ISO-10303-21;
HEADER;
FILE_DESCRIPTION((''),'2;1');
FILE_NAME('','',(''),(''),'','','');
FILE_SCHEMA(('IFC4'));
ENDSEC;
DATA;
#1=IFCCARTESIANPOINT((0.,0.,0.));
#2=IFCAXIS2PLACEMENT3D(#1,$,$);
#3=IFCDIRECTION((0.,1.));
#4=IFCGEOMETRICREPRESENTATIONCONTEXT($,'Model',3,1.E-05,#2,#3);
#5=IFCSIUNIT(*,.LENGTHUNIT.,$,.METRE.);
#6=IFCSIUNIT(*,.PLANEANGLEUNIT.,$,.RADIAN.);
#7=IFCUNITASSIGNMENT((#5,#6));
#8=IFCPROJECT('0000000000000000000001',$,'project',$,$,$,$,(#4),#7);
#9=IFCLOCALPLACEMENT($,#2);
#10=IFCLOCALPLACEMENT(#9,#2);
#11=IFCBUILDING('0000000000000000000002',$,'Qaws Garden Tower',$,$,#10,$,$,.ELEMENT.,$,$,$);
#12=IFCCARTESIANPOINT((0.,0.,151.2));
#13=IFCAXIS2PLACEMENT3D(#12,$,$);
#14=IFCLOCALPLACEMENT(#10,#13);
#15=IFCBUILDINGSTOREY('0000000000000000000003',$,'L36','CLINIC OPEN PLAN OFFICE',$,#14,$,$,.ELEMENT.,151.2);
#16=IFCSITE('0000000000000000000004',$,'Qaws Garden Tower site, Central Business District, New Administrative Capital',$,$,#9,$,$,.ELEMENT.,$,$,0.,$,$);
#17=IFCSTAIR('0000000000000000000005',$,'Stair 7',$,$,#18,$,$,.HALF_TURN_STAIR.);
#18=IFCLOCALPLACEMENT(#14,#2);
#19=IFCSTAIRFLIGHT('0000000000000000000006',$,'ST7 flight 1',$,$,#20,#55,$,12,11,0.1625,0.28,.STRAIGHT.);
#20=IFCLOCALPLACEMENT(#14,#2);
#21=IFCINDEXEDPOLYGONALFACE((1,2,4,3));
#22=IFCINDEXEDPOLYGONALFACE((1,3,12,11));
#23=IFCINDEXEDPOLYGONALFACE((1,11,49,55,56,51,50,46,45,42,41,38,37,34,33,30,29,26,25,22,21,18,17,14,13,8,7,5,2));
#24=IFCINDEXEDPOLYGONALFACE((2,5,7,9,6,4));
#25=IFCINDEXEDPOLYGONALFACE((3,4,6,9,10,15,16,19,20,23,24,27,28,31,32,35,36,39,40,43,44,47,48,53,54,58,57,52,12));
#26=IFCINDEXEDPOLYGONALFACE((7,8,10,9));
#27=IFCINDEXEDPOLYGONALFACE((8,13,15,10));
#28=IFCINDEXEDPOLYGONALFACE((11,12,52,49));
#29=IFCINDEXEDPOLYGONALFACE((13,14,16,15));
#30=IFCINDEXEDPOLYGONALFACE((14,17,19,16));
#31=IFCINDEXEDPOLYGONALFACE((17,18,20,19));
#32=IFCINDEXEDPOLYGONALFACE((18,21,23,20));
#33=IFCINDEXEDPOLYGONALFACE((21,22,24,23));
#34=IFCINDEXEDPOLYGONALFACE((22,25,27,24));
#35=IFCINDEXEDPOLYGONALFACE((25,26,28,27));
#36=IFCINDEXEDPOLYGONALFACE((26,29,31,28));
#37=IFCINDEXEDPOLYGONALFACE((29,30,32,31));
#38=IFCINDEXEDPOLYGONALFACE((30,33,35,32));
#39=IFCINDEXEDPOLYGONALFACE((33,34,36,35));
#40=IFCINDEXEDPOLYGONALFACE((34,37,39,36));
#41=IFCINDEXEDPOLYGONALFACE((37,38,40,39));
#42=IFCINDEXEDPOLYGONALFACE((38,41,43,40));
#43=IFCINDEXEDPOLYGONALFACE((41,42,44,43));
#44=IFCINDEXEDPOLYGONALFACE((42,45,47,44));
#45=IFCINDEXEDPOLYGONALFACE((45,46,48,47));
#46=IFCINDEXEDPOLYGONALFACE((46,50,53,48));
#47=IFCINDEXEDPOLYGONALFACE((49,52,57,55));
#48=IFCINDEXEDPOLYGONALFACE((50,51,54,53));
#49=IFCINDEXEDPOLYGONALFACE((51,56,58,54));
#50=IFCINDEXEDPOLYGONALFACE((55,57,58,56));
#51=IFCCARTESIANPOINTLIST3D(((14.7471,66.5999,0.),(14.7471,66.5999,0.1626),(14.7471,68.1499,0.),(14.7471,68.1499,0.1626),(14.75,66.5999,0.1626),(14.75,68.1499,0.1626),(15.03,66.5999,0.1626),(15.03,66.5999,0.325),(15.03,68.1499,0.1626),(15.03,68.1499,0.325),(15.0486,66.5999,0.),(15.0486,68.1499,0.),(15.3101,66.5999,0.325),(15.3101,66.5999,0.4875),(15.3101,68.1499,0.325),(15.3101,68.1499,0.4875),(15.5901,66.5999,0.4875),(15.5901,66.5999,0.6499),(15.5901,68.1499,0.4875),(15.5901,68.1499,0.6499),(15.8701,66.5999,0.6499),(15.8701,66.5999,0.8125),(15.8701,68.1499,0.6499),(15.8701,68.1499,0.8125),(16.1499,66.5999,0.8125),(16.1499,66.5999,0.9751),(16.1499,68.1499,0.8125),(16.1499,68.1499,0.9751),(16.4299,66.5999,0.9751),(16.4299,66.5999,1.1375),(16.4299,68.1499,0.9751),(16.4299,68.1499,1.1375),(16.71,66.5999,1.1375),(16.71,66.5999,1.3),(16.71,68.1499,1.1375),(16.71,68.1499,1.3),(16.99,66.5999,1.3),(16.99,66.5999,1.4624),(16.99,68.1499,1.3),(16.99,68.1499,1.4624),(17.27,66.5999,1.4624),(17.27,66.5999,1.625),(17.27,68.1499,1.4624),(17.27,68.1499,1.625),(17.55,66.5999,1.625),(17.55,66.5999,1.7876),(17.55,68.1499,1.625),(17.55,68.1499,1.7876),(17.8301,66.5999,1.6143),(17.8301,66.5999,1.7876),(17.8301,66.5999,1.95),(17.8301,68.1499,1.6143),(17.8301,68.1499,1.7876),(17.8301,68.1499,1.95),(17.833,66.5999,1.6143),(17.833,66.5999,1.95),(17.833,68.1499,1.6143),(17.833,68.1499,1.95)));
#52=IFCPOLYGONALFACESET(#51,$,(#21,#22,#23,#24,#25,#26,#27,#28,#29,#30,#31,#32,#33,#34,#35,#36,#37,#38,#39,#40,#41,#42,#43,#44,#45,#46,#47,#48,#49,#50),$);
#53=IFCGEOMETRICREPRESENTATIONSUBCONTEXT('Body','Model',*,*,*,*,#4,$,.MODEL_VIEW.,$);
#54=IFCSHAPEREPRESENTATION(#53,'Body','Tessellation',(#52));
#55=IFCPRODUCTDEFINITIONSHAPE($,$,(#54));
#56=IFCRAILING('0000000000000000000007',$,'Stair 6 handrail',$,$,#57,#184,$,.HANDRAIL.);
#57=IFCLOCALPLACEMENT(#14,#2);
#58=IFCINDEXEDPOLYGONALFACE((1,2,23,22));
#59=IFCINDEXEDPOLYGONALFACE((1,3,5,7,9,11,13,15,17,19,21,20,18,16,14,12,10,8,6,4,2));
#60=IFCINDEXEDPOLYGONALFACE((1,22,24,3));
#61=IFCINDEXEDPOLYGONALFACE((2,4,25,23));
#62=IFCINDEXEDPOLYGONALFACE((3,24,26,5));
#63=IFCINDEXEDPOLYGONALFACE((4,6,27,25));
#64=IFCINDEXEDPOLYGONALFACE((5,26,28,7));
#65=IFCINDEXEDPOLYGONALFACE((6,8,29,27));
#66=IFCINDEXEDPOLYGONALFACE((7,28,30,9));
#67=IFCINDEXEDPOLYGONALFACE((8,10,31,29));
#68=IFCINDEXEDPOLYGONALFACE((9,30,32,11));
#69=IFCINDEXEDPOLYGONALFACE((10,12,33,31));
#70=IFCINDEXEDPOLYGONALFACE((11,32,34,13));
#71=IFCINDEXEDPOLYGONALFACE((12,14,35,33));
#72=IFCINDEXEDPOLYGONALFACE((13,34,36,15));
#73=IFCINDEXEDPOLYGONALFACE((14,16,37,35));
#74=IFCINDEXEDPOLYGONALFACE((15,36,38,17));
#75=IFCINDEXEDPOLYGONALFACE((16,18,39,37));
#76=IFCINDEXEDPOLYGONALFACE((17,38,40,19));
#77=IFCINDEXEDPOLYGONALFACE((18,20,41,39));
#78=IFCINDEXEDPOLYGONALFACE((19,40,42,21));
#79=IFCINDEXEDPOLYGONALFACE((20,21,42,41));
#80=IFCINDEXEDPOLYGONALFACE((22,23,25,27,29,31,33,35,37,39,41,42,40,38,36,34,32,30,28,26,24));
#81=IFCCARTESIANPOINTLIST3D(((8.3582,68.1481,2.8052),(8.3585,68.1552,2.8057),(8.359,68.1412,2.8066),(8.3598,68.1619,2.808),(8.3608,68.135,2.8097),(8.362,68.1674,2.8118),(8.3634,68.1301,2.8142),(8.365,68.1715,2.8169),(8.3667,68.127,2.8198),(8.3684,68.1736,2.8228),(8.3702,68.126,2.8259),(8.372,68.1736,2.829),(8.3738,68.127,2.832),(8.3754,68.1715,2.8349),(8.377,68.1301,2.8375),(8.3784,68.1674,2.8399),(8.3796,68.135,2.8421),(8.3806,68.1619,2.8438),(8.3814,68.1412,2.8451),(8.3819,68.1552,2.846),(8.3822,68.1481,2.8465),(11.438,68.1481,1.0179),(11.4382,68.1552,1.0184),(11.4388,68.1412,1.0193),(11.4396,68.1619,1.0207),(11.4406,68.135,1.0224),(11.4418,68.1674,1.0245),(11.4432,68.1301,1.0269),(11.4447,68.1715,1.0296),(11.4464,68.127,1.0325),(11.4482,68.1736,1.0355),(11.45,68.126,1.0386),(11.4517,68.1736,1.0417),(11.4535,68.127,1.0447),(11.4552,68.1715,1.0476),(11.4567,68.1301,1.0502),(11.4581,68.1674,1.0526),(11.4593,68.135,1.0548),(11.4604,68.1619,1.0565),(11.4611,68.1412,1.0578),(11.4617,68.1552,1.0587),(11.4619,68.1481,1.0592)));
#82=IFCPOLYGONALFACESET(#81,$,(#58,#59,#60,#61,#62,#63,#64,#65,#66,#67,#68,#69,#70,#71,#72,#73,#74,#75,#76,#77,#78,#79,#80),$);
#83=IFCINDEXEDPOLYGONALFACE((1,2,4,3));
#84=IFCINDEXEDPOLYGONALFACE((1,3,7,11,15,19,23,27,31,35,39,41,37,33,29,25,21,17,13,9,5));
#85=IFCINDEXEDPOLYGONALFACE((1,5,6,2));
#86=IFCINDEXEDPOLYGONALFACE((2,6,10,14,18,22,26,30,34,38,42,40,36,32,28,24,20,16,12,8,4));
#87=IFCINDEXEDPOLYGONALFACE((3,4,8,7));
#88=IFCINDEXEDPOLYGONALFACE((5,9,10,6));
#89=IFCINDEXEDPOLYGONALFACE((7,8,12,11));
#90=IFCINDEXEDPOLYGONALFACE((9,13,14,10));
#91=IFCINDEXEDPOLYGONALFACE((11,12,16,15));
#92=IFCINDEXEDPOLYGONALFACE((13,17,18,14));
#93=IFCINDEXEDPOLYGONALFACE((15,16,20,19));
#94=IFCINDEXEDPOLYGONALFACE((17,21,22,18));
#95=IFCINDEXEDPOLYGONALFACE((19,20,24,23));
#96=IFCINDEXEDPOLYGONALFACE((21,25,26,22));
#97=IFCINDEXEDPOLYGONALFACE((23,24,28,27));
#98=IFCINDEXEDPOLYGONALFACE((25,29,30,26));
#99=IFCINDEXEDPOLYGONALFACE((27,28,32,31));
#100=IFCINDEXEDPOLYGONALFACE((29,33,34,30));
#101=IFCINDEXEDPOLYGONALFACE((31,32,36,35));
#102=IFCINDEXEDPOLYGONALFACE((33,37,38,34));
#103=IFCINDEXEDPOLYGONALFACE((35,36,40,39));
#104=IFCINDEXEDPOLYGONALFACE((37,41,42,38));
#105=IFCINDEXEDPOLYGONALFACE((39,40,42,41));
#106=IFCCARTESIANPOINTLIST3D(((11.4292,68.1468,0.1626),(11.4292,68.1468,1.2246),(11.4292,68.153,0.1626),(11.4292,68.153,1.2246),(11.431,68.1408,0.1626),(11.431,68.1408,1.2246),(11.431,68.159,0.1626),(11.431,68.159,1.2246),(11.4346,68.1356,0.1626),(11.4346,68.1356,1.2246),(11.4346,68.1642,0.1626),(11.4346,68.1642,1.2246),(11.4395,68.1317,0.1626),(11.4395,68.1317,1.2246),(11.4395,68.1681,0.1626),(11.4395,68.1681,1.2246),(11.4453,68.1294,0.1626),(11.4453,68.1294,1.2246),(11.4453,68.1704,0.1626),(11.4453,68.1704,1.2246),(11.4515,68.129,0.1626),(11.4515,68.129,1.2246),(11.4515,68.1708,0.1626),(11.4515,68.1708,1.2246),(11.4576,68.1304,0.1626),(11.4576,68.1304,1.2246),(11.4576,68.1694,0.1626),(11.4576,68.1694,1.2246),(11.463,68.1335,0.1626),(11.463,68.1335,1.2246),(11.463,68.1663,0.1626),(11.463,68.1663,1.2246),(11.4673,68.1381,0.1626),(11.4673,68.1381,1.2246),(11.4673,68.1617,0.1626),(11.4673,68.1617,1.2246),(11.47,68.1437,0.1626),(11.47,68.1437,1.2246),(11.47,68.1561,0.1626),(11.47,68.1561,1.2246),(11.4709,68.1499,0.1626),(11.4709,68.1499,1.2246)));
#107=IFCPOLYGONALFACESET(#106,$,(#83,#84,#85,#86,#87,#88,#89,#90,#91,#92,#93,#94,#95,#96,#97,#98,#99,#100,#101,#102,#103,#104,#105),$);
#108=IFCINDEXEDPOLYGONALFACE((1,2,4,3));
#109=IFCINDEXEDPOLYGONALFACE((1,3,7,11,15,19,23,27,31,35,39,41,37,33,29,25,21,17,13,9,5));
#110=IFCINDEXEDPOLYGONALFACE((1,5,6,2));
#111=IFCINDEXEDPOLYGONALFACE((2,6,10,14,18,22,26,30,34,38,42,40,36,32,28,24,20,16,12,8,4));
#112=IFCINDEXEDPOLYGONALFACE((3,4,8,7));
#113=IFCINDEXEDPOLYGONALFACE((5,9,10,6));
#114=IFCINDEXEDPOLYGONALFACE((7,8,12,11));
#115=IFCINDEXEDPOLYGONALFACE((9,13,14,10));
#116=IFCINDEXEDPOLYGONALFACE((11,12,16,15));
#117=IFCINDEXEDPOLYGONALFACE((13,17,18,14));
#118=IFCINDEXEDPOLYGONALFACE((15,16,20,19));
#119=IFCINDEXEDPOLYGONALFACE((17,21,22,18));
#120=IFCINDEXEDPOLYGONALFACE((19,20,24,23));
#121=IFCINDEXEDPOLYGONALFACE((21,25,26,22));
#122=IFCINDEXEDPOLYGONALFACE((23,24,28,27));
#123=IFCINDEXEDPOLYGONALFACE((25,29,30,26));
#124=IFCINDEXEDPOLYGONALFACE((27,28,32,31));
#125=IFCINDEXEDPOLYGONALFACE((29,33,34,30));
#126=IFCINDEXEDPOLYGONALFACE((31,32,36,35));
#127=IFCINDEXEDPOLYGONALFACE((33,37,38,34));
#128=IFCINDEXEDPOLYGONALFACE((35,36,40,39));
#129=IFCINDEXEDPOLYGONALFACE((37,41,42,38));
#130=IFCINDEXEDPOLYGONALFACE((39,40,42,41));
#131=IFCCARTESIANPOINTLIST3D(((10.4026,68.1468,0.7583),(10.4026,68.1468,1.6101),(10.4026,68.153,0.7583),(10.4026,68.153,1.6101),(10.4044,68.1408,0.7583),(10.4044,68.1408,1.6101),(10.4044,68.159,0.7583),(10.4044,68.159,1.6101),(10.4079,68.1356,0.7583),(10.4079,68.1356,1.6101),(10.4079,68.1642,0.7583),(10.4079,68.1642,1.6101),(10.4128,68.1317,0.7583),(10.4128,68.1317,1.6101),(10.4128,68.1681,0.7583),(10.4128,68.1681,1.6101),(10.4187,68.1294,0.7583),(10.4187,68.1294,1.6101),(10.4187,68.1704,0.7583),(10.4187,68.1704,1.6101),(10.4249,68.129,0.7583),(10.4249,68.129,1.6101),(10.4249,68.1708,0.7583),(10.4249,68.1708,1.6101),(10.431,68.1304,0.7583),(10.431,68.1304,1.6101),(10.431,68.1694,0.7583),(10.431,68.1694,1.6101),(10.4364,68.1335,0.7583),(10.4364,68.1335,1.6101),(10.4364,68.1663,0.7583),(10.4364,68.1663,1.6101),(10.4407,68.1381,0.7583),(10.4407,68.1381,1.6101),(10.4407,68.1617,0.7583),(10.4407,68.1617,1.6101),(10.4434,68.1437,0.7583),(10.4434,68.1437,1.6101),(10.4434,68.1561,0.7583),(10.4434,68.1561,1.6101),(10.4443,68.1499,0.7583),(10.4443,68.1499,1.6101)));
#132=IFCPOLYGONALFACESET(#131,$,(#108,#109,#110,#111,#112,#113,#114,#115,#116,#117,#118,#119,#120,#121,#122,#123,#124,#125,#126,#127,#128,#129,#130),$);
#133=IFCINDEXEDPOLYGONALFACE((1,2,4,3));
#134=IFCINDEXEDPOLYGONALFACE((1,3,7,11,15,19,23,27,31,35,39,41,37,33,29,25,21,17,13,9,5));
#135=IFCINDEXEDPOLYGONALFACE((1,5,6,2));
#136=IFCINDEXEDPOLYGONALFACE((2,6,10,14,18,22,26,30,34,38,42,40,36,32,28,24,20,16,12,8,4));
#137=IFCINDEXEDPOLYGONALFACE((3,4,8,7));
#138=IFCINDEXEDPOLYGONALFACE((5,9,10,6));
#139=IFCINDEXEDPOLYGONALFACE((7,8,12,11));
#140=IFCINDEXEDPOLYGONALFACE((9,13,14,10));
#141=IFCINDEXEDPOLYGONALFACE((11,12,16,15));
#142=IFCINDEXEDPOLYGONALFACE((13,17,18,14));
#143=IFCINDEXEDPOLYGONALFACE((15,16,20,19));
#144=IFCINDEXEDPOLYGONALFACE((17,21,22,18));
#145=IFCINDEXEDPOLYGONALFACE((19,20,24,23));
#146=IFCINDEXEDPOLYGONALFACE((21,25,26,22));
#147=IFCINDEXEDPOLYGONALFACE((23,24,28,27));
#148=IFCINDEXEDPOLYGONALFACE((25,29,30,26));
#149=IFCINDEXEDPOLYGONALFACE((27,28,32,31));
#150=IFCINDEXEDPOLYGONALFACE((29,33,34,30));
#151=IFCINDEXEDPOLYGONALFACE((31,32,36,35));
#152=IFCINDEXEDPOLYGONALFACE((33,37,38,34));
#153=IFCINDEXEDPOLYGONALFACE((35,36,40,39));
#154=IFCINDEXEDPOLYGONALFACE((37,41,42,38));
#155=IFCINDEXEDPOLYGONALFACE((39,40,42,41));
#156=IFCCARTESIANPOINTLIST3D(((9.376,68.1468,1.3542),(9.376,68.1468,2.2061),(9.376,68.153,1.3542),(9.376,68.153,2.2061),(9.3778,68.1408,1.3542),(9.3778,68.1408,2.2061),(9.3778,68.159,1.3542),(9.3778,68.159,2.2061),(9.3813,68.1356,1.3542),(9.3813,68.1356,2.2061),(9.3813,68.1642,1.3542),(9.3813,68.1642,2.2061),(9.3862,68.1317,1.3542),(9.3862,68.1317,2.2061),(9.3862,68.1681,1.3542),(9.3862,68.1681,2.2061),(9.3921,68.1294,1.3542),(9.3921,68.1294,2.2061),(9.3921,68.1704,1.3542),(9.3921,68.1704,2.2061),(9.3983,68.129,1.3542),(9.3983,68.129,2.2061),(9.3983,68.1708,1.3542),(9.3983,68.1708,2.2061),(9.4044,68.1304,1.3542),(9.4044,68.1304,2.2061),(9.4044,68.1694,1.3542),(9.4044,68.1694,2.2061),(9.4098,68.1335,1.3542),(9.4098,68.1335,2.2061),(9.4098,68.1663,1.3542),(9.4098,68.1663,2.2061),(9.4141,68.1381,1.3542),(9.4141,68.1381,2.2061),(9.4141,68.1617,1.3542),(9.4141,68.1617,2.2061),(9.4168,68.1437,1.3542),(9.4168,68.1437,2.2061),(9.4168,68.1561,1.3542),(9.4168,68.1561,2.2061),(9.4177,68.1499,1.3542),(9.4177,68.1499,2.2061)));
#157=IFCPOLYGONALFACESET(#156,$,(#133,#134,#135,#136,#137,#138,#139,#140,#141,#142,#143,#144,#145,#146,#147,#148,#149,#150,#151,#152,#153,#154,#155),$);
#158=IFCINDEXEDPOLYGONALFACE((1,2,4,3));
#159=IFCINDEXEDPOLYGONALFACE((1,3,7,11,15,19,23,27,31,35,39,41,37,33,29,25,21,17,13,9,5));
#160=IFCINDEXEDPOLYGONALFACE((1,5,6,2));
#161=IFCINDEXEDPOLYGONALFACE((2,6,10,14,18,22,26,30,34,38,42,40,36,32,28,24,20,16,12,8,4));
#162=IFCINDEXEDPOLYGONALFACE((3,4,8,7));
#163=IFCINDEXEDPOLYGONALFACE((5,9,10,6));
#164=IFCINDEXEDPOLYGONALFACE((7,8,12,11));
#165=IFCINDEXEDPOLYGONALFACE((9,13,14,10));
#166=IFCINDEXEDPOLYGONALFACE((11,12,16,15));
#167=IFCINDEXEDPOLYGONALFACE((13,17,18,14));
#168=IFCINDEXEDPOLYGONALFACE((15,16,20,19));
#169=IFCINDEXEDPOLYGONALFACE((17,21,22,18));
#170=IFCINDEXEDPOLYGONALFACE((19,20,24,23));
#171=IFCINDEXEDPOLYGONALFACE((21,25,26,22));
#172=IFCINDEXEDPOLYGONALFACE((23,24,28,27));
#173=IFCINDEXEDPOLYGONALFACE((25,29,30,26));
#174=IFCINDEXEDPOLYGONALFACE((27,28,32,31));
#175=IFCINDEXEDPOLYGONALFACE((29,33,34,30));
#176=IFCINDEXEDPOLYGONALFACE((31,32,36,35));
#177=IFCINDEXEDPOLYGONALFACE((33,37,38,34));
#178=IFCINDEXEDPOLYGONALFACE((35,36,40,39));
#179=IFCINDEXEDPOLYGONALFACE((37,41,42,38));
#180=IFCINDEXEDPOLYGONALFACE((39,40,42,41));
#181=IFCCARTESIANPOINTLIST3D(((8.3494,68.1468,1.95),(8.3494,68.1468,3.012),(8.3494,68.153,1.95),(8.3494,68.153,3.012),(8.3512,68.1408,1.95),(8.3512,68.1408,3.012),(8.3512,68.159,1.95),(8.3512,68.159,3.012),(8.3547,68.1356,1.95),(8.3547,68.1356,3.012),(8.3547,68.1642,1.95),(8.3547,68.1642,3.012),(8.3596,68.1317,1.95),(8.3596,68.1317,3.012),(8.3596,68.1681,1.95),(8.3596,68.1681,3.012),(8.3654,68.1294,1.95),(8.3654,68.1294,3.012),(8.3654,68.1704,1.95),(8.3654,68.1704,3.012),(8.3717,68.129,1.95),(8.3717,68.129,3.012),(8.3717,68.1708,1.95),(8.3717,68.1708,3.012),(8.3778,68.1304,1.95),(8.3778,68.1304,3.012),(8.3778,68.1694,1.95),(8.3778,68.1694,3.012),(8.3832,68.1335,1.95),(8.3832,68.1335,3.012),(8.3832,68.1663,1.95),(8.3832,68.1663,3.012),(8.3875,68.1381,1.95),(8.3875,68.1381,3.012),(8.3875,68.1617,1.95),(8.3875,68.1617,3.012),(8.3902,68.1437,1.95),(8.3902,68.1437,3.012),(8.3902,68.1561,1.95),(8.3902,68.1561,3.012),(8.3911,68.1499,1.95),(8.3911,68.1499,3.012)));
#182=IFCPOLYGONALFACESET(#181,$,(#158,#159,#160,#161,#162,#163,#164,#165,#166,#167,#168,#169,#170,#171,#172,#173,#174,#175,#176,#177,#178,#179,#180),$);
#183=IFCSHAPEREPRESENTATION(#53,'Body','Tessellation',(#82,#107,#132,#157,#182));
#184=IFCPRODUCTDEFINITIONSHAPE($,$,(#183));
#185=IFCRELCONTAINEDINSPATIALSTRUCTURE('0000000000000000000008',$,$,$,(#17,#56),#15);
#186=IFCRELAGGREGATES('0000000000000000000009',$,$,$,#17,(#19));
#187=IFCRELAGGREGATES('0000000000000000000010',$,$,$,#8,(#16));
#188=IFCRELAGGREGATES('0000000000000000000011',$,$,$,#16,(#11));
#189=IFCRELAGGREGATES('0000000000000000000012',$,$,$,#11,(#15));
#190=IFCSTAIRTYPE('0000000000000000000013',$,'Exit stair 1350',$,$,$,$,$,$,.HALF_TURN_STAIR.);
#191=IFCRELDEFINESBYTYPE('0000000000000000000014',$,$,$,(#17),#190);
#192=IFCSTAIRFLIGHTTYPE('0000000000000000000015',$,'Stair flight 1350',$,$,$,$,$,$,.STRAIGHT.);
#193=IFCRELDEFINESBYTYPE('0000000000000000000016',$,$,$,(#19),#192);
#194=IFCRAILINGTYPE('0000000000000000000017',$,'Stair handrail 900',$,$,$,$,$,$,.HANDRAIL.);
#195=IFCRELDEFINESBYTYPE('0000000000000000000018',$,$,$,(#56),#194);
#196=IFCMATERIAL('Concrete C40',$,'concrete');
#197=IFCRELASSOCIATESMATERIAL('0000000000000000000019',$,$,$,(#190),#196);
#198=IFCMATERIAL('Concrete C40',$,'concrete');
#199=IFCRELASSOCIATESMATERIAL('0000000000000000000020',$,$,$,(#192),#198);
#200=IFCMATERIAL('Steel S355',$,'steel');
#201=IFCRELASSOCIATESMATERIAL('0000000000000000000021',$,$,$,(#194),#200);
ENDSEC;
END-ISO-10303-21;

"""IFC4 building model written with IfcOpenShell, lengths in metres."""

from ifc_helpers import new_model, si_unit, direction, frame, origin, origin_2d, place, context, subcontext, project, spatial, polyline, circle, outline, extrude, material, type_object, element, aggregate, save


model = new_model("IFC4")

# Units and contexts
model_context = context("Model", 3, precision=1e-05, world=origin(), true_north=direction((0.0, 1.0)))
body_context = subcontext(model_context, "Body", "Model", "MODEL_VIEW")
ifc_project = project(units=[si_unit("LENGTHUNIT", "METRE"), si_unit("PLANEANGLEUNIT", "RADIAN")], contexts=[model_context])

# Site, building, storey
site_placement = place(None, origin())
site = spatial("IfcSite", under=ifc_project, at=site_placement, Name="Qaws Garden Tower site, Central Business District, New Administrative Capital", CompositionType="ELEMENT", RefElevation=0.0)
building_placement = place(site_placement, origin())
building = spatial("IfcBuilding", under=site, at=building_placement, Name="Qaws Garden Tower", CompositionType="ELEMENT")
storey_placement = place(building_placement, frame((0.0, 0.0, 151.2)))
storey = spatial("IfcBuildingStorey", under=building, at=storey_placement, Name="L36", Description="CLINIC OPEN PLAN OFFICE", CompositionType="ELEMENT", Elevation=151.2)

# Shared definitions
ifc_material_1 = material(Name="Concrete C40", Category="concrete")
stair_type = type_object("IfcStairType", Name="Exit stair 1350", PredefinedType="HALF_TURN_STAIR", material=ifc_material_1)
placement = place(storey_placement, origin())
ifc_material_2 = material(Name="Concrete C40", Category="concrete")
stair_flight_type = type_object("IfcStairFlightType", Name="Stair flight 1350", PredefinedType="STRAIGHT", material=ifc_material_2)

# Stair, stair flight
stair_1 = element("IfcStair", 1, at=placement, inside=storey, type_object=stair_type, Name="Stair 7", PredefinedType="HALF_TURN_STAIR")
stair_flight_1_placement = place(storey_placement, frame((14.75, 67.375, 0.0), z_axis=(0.0, 0.0, 1.0), x_axis=(1.0, 0.0, 0.0)))
stair_flight_1 = element("IfcStairFlight", 2, at=stair_flight_1_placement, type_object=stair_flight_type, Name="ST7 flight 1", NumberOfRisers=12, NumberOfTreads=11, PredefinedType="STRAIGHT", RiserHeight=0.1625, TreadLength=0.28, context=body_context, shape_type="SweptSolid", body=[
    extrude(outline(polyline([(-0.0029, 0.0), (-0.0029, 0.1626), (0.0, 0.1626), (0.28, 0.1626), (0.28, 0.325), (0.5601, 0.325), (0.5601, 0.4875), (0.8401, 0.4875), (0.8401, 0.6499), (1.1201, 0.6499), (1.1201, 0.8125), (1.3999, 0.8125), (1.3999, 0.9751), (1.6799, 0.9751), (1.6799, 1.1375), (1.96, 1.1375), (1.96, 1.3), (2.24, 1.3), (2.24, 1.4624), (2.52, 1.4624), (2.52, 1.625), (2.8, 1.625), (2.8, 1.7876), (3.0801, 1.7876), (3.0801, 1.95), (3.083, 1.95), (3.083, 1.6143), (3.0801, 1.6143), (0.2986, 0.0), (-0.0029, 0.0)])), frame((0.0, 0.7749, 0.0), z_axis=(0.0, -1.0, 0.0), x_axis=(1.0, 0.0, 0.0)), (0.0, 0.0, 1.0), 1.55),
])
aggregate(stair_1, [stair_flight_1])

# Railing
ifc_material_3 = material(Name="Steel S355", Category="steel")
railing_type = type_object("IfcRailingType", Name="Stair handrail 900", PredefinedType="HANDRAIL", material=ifc_material_3)
railing_1_placement = place(storey_placement, frame((11.45, 68.1499, 0.1626)))
element("IfcRailing", 3, at=railing_1_placement, inside=storey, type_object=railing_type, Name="Stair 6 handrail", PredefinedType="HANDRAIL", context=body_context, shape_type="SweptSolid", body=[
    extrude(circle(Radius=0.0239, at=origin_2d()), frame((0.0, 0.0, 0.876), z_axis=(-0.864903, 0.0, 0.501939), x_axis=(0.0, -1.0, 0.0)), (0.0, 0.0, 1.0), 3.5608),
    extrude(circle(Radius=0.021, at=origin_2d()), origin(), (0.0, 0.0, 1.0), 1.062),
    extrude(circle(Radius=0.021, at=origin_2d()), frame((-1.0266, 0.0, 0.5957)), (0.0, 0.0, 1.0), 0.8518),
    extrude(circle(Radius=0.021, at=origin_2d()), frame((-2.0532, 0.0, 1.1917)), (0.0, 0.0, 1.0), 0.8518),
    extrude(circle(Radius=0.021, at=origin_2d()), frame((-3.0798, 0.0, 1.7874)), (0.0, 0.0, 1.0), 1.062),
])

save(model, "model.ifc")
